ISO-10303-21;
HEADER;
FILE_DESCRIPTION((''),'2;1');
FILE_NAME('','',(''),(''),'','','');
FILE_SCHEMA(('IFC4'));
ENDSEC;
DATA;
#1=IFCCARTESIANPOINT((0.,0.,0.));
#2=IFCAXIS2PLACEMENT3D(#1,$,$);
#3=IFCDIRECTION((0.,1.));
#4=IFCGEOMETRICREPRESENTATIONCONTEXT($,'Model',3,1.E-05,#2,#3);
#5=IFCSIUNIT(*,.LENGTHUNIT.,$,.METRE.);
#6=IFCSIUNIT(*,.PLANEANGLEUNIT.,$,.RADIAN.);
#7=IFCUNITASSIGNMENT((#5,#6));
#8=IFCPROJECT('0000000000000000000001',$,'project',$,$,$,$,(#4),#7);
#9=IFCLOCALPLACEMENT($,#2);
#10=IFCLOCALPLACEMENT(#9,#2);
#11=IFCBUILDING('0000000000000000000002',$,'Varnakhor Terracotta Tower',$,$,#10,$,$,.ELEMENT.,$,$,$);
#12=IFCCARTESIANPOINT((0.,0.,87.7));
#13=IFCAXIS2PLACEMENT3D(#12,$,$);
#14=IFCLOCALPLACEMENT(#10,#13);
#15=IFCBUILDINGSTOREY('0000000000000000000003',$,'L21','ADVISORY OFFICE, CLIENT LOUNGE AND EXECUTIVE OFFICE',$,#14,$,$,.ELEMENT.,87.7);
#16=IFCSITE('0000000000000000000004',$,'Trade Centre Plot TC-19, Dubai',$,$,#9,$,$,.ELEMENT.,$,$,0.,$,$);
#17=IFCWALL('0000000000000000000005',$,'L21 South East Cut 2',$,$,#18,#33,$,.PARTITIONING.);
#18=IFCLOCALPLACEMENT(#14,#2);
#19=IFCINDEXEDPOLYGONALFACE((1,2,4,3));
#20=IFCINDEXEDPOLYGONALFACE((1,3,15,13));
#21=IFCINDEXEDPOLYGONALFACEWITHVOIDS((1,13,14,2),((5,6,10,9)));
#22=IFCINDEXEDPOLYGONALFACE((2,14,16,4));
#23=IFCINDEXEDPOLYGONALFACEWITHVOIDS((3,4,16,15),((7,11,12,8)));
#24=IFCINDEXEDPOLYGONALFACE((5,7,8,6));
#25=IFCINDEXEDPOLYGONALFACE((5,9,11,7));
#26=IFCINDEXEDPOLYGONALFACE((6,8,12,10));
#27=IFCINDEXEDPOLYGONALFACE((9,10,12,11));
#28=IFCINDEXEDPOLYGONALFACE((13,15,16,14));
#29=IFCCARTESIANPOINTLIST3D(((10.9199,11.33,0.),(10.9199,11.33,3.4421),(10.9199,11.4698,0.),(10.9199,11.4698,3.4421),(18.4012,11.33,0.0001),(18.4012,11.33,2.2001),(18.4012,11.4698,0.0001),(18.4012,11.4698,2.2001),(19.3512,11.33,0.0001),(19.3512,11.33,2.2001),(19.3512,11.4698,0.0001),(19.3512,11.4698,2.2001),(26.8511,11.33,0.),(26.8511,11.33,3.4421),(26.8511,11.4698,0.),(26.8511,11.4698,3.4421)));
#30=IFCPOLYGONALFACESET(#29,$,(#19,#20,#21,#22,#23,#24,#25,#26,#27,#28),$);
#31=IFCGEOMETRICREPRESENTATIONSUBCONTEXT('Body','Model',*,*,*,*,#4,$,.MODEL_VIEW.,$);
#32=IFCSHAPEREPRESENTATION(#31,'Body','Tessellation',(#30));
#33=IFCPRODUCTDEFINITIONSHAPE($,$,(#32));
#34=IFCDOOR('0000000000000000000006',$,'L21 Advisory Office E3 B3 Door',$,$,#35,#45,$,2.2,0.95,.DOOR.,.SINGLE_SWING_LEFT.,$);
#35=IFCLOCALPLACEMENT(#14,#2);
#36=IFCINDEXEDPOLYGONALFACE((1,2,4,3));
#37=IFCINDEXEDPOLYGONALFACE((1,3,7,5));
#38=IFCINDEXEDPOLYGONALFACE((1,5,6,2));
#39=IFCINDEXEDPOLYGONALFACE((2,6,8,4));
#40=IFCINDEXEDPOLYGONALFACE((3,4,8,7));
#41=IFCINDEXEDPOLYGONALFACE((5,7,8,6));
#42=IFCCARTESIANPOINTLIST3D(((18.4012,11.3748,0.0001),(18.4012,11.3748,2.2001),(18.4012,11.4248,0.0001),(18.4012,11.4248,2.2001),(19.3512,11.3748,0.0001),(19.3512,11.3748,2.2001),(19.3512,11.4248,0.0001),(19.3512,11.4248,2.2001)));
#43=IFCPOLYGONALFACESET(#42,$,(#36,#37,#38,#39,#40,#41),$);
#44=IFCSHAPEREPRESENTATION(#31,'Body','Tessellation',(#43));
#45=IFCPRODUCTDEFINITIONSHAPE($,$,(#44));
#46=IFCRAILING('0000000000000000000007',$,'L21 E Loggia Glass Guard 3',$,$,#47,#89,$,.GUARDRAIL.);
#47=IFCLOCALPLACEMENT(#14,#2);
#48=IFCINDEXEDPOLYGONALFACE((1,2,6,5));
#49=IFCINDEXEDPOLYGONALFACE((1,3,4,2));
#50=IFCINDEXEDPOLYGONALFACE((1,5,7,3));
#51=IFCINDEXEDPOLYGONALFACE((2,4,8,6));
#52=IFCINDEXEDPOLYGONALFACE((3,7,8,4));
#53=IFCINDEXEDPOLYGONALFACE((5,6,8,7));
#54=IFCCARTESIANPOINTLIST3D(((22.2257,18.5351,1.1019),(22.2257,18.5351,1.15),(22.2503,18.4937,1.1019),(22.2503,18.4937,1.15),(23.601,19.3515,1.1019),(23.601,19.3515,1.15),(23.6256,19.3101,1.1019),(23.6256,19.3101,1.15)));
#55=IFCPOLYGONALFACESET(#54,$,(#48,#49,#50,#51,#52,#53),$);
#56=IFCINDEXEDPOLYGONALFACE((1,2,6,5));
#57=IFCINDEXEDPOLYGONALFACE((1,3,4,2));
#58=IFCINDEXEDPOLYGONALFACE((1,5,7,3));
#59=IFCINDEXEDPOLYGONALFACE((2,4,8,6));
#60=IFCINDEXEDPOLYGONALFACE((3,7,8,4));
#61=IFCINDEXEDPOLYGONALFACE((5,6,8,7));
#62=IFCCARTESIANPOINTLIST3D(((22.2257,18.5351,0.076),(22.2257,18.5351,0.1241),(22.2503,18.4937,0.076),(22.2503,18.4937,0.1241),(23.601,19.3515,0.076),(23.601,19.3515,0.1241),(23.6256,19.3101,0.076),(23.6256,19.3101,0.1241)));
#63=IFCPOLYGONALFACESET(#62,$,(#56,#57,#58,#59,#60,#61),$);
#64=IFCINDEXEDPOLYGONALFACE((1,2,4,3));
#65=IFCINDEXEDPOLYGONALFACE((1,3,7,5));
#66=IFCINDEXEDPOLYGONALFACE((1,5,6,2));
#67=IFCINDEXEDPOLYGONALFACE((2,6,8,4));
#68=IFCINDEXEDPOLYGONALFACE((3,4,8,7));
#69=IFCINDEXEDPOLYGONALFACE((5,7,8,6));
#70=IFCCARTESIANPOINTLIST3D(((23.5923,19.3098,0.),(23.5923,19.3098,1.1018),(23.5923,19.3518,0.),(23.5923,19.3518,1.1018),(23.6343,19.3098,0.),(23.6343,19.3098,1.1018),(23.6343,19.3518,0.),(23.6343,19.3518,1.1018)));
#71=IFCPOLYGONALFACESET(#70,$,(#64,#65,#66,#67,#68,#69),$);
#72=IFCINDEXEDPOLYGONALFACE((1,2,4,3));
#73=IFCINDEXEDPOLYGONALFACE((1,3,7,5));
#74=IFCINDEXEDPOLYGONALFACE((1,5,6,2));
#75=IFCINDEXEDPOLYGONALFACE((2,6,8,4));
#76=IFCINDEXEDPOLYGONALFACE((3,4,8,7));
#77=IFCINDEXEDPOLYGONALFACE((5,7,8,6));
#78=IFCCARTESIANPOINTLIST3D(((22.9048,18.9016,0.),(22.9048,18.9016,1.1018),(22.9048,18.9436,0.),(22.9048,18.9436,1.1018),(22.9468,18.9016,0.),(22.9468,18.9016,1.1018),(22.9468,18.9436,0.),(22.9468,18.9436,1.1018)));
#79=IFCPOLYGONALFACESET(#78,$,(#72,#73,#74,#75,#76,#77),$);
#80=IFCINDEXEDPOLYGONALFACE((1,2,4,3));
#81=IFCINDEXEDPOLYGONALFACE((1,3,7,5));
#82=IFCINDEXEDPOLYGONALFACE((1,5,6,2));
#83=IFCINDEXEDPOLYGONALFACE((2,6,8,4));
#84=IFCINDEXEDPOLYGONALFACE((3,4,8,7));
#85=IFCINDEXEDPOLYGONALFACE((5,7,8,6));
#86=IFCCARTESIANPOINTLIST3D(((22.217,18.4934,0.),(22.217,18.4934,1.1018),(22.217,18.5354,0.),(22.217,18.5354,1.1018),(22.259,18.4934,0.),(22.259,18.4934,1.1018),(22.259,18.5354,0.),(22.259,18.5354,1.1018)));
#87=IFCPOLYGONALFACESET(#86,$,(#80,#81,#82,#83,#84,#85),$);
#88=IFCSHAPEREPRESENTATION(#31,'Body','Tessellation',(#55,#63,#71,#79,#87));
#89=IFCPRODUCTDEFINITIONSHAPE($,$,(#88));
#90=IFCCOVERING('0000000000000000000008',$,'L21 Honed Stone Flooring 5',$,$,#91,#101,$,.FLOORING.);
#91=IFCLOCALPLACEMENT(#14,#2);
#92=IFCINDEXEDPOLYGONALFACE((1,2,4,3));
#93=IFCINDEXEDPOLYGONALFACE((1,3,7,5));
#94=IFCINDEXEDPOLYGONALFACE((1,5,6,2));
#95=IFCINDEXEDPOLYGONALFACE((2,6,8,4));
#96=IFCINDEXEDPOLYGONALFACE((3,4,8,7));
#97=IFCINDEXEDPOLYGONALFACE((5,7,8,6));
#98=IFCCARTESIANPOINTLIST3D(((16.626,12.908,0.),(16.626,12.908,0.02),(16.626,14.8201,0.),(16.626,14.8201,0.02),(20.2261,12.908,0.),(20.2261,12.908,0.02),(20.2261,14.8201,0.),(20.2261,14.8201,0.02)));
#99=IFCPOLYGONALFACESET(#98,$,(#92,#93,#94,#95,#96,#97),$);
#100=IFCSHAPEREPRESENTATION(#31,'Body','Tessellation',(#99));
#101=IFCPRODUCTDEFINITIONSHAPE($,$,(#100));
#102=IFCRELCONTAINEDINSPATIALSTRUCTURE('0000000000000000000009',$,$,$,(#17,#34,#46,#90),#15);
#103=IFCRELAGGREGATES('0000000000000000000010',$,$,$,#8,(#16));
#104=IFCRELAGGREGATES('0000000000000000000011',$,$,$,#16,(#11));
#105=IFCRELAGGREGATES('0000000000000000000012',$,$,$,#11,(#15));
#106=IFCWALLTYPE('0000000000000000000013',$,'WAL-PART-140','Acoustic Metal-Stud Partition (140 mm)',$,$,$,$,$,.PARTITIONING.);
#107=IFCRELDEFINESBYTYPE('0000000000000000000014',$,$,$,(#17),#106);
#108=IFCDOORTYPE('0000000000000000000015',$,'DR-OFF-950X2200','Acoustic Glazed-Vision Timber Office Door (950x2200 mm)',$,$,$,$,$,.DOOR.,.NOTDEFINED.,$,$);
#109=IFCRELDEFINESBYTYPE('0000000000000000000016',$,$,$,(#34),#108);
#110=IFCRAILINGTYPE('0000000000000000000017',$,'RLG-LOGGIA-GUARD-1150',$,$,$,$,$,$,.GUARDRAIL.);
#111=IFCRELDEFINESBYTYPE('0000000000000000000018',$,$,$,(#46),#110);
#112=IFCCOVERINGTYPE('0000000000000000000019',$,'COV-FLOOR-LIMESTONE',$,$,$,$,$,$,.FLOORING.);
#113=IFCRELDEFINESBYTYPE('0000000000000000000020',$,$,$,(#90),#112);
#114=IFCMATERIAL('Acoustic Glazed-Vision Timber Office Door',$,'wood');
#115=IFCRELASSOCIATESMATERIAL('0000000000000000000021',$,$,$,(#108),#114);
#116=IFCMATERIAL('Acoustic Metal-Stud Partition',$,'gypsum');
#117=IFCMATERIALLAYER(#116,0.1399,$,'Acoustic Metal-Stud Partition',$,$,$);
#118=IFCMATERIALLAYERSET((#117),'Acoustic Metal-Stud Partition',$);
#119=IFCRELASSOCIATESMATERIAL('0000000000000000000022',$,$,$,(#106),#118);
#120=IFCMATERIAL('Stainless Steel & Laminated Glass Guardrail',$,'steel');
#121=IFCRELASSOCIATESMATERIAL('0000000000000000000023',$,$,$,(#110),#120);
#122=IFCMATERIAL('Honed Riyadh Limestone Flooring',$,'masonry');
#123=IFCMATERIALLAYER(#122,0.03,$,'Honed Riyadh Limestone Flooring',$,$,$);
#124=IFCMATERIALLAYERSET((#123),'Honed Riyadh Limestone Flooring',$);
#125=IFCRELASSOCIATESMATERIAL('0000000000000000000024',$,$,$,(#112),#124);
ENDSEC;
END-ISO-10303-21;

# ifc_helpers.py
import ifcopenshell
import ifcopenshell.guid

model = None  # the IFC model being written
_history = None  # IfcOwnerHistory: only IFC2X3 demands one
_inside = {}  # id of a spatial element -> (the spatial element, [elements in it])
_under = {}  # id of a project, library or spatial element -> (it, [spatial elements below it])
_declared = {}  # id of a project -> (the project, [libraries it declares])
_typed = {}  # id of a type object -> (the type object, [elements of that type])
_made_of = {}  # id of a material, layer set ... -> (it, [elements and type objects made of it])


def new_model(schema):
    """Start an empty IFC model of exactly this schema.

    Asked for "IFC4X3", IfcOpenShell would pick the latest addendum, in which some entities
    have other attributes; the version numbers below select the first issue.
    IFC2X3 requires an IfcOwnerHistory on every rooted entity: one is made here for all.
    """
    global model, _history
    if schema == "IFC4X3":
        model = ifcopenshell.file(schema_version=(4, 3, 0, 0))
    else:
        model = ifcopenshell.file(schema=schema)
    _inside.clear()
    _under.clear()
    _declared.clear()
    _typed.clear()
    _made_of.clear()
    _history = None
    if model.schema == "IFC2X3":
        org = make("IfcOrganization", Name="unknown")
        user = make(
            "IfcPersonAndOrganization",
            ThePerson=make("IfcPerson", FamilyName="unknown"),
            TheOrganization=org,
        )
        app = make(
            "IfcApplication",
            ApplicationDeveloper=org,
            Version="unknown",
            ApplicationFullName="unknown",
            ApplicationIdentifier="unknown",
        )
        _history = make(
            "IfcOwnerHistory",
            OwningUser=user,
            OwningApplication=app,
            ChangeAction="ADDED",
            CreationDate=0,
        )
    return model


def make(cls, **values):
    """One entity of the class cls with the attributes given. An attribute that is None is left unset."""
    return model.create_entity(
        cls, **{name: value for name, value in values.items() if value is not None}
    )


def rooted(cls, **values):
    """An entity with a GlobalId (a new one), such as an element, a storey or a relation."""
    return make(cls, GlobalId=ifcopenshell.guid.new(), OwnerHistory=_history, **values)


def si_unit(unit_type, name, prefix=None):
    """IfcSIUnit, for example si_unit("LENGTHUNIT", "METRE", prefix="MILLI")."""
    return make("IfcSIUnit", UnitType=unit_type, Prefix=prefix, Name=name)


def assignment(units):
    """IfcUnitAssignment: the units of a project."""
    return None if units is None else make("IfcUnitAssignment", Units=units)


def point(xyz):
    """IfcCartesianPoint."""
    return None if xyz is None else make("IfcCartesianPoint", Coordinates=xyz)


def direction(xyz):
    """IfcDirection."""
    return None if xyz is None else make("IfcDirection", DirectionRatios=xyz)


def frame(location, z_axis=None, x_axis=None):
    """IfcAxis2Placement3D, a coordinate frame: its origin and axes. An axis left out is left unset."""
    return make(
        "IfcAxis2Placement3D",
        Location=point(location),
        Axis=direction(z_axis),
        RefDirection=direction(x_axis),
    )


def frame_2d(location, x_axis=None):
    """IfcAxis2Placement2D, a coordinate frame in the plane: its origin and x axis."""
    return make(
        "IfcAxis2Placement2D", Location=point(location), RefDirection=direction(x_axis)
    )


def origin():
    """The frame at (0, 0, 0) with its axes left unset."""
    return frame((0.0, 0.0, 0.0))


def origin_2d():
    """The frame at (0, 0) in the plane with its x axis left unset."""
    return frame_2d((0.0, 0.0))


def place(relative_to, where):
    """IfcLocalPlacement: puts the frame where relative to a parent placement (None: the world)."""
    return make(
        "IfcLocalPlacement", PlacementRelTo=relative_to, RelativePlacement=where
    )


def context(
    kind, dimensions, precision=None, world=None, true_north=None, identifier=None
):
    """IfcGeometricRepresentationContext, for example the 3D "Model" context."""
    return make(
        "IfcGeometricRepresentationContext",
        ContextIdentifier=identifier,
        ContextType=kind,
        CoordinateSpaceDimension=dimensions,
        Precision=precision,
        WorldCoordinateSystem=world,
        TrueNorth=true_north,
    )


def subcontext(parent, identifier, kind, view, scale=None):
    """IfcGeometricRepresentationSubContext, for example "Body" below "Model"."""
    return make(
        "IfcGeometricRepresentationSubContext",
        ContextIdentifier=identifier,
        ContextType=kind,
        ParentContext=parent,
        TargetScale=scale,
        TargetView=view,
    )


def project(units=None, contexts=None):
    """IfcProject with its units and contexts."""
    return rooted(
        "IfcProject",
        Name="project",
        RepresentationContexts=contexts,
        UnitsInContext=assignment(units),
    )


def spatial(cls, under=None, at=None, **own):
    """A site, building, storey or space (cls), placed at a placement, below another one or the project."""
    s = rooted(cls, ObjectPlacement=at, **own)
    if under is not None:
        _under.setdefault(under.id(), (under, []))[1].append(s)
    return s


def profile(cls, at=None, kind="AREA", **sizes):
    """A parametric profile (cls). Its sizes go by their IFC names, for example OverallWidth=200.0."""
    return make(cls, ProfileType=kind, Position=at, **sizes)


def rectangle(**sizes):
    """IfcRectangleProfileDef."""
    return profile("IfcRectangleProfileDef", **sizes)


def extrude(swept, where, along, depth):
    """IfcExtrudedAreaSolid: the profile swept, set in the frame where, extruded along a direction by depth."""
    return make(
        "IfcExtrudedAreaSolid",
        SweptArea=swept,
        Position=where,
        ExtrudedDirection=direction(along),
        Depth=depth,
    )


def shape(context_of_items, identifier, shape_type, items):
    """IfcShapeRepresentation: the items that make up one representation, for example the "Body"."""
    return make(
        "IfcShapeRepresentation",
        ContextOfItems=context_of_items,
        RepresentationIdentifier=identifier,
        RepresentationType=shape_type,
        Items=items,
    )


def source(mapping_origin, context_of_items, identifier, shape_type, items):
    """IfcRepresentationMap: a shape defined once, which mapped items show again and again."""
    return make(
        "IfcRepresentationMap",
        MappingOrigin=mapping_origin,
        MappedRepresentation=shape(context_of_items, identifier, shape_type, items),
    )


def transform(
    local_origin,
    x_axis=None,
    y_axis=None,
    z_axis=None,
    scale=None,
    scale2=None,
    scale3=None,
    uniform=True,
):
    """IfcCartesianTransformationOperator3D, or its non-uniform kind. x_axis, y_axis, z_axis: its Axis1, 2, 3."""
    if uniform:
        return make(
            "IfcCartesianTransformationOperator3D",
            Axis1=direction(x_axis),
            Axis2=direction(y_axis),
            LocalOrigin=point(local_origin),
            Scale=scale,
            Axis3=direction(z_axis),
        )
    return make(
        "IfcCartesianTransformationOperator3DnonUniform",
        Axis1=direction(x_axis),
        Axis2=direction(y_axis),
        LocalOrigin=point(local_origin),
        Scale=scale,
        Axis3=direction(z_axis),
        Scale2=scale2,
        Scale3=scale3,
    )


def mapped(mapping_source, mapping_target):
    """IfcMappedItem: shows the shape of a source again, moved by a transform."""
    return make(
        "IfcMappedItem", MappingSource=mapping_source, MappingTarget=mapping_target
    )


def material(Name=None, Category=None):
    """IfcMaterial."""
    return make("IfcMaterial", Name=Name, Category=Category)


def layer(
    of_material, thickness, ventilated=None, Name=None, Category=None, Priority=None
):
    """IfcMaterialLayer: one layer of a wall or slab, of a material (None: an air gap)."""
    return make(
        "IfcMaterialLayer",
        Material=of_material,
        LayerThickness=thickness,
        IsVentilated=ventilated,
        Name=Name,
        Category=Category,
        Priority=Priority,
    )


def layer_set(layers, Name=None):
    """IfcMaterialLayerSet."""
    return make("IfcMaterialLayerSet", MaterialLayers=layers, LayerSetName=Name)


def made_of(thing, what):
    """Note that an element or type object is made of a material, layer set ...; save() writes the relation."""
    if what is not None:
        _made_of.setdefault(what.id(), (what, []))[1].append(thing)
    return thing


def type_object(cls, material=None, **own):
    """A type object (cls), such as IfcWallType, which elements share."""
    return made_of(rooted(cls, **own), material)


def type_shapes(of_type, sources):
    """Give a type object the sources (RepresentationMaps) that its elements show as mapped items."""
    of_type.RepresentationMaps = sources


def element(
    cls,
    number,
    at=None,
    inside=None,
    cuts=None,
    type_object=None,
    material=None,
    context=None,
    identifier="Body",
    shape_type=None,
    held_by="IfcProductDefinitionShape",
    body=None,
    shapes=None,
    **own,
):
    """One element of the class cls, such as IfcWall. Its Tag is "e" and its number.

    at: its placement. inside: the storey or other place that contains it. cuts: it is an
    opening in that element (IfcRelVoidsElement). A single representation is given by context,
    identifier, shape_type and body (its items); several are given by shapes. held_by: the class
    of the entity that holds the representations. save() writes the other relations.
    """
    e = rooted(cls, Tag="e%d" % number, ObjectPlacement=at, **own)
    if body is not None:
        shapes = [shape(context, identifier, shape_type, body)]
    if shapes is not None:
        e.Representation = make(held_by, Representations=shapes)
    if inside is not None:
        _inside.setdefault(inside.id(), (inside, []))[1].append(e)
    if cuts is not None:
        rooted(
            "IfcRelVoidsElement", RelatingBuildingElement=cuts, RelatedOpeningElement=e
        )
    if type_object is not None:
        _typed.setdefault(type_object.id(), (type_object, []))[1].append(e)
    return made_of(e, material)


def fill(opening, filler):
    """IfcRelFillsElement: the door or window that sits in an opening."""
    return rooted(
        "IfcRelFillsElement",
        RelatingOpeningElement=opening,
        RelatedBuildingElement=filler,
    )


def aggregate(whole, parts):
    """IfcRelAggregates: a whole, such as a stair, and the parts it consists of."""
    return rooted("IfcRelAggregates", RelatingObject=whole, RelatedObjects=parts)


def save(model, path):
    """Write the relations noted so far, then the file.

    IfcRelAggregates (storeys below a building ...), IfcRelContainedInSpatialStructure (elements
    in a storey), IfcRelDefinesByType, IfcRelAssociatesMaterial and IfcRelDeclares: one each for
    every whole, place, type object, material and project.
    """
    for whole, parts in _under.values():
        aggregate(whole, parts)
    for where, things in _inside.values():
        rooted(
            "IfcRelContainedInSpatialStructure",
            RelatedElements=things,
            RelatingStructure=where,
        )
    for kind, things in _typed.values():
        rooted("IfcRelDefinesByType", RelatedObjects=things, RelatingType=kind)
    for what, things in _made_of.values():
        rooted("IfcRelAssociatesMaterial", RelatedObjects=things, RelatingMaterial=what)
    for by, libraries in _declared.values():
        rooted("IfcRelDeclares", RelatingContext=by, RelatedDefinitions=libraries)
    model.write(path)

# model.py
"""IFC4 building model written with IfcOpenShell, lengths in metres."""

from ifc_helpers import new_model, si_unit, direction, frame, frame_2d, origin, origin_2d, place, context, subcontext, project, spatial, rectangle, extrude, source, transform, mapped, material, layer, layer_set, type_object, type_shapes, element, fill, save


model = new_model("IFC4")

# Units and contexts
model_context = context("Model", 3, precision=1e-05, world=origin(), true_north=direction((0.0, 1.0)))
body_context = subcontext(model_context, "Body", "Model", "MODEL_VIEW")
ifc_project = project(units=[si_unit("LENGTHUNIT", "METRE"), si_unit("PLANEANGLEUNIT", "RADIAN")], contexts=[model_context])

# Site, building, storey
site_placement = place(None, origin())
site = spatial("IfcSite", under=ifc_project, at=site_placement, Name="Trade Centre Plot TC-19, Dubai", CompositionType="ELEMENT", RefElevation=0.0)
building_placement = place(site_placement, origin())
building = spatial("IfcBuilding", under=site, at=building_placement, Name="Varnakhor Terracotta Tower", CompositionType="ELEMENT")
storey_placement = place(building_placement, frame((0.0, 0.0, 87.7)))
storey = spatial("IfcBuildingStorey", under=building, at=storey_placement, Name="L21", Description="ADVISORY OFFICE, CLIENT LOUNGE AND EXECUTIVE OFFICE", CompositionType="ELEMENT", Elevation=87.7)

# Wall, opening, door
ifc_material_1 = material(Name="Acoustic Glazed-Vision Timber Office Door", Category="wood")
door_type = type_object("IfcDoorType", Name="DR-OFF-950X2200", Description="Acoustic Glazed-Vision Timber Office Door (950x2200 mm)", OperationType="NOTDEFINED", PredefinedType="DOOR", material=ifc_material_1)
shared_shape_1 = source(origin(), body_context, "Body", "SweptSolid", [
    extrude(rectangle(XDim=0.95, YDim=2.2, at=frame_2d((0.4751, 1.1001))), frame((0.0, 0.0249, 0.0), z_axis=(0.0, -1.0, 0.0), x_axis=(1.0, 0.0, 0.0)), (0.0, 0.0, 1.0), 0.05),
])
type_shapes(door_type, [shared_shape_1])
ifc_material_2 = material(Name="Acoustic Metal-Stud Partition", Category="gypsum")
ifc_layer_1 = layer(ifc_material_2, 0.1399, Name="Acoustic Metal-Stud Partition")
ifc_layer_set_1 = layer_set([ifc_layer_1], Name="Acoustic Metal-Stud Partition")
wall_type_1 = type_object("IfcWallType", Name="WAL-PART-140", Description="Acoustic Metal-Stud Partition (140 mm)", PredefinedType="PARTITIONING", material=ifc_layer_set_1)
wall_1_placement = place(storey_placement, frame((10.9199, 11.3999, 0.0), z_axis=(0.0, 0.0, 1.0), x_axis=(1.0, 0.0, 0.0)))
wall_1 = element("IfcWall", 1, at=wall_1_placement, inside=storey, type_object=wall_type_1, Name="L21 South East Cut 2", PredefinedType="PARTITIONING", context=body_context, shape_type="SweptSolid", body=[
    extrude(rectangle(XDim=15.9312, YDim=0.1399, at=frame_2d((7.9656, 0.0))), origin(), (0.0, 0.0, 1.0), 3.4421),
])
opening_1_placement = place(wall_1_placement, frame((7.4812, 0.0, 0.0)))
opening_1 = element("IfcOpeningElement", 2, at=opening_1_placement, cuts=wall_1, PredefinedType="OPENING", context=body_context, shape_type="SweptSolid", body=[
    extrude(rectangle(XDim=0.95, YDim=2.2, at=frame_2d((0.4751, 1.1001))), frame((0.0, 0.0801, 0.0), z_axis=(0.0, -1.0, 0.0), x_axis=(1.0, 0.0, 0.0)), (0.0, 0.0, 1.0), 0.1599),
])
door_1_placement = place(opening_1_placement, origin())
door_1 = element("IfcDoor", 3, at=door_1_placement, inside=storey, type_object=door_type, Name="L21 Advisory Office E3 B3 Door", OperationType="SINGLE_SWING_LEFT", OverallHeight=2.2, OverallWidth=0.95, PredefinedType="DOOR", context=body_context, shape_type="MappedRepresentation", body=[
    mapped(shared_shape_1, transform((0.0, 0.0, 0.0), scale=1.0)),
])
fill(opening_1, door_1)

# Railing
ifc_material_3 = material(Name="Stainless Steel & Laminated Glass Guardrail", Category="steel")
railing_type = type_object("IfcRailingType", Name="RLG-LOGGIA-GUARD-1150", PredefinedType="GUARDRAIL", material=ifc_material_3)
railing_placement = place(storey_placement, frame((23.6133, 19.3308, 0.0)))
element("IfcRailing", 4, at=railing_placement, inside=storey, type_object=railing_type, Name="L21 E Loggia Glass Guard 3", PredefinedType="GUARDRAIL", context=body_context, shape_type="SweptSolid", body=[
    extrude(rectangle(XDim=0.0481, YDim=0.0481, at=origin_2d()), frame((0.0, 0.0, 1.126), z_axis=(-0.859895, -0.510472, 0.0), x_axis=(0.510472, -0.859895, 0.0)), (0.0, 0.0, 1.0), 1.5994),
    extrude(rectangle(XDim=0.0481, YDim=0.0481, at=origin_2d()), frame((0.0, 0.0, 0.1001), z_axis=(-0.859895, -0.510472, 0.0), x_axis=(0.510472, -0.859895, 0.0)), (0.0, 0.0, 1.0), 1.5994),
    extrude(rectangle(XDim=0.042, YDim=0.042, at=origin_2d()), origin(), (0.0, 0.0, 1.0), 1.1018),
    extrude(rectangle(XDim=0.042, YDim=0.042, at=origin_2d()), frame((-0.6875, -0.4082, 0.0)), (0.0, 0.0, 1.0), 1.1018),
    extrude(rectangle(XDim=0.042, YDim=0.042, at=origin_2d()), frame((-1.3752, -0.8164, 0.0)), (0.0, 0.0, 1.0), 1.1018),
])

# Covering
ifc_material_4 = material(Name="Honed Riyadh Limestone Flooring", Category="masonry")
ifc_layer_2 = layer(ifc_material_4, 0.03, Name="Honed Riyadh Limestone Flooring")
ifc_layer_set_2 = layer_set([ifc_layer_2], Name="Honed Riyadh Limestone Flooring")
covering_type = type_object("IfcCoveringType", Name="COV-FLOOR-LIMESTONE", PredefinedType="FLOORING", material=ifc_layer_set_2)
shared_shape_2 = source(origin(), body_context, "Body", "SweptSolid", [
    extrude(rectangle(XDim=3.6001, YDim=1.9121, at=origin_2d()), origin(), (0.0, 0.0, 1.0), 0.02),
])
covering_placement = place(storey_placement, frame((18.426, 13.864, 0.0), z_axis=(0.0, 0.0, 1.0), x_axis=(1.0, 0.0, 0.0)))
element("IfcCovering", 5, at=covering_placement, inside=storey, type_object=covering_type, Name="L21 Honed Stone Flooring 5", PredefinedType="FLOORING", context=body_context, shape_type="MappedRepresentation", body=[
    mapped(shared_shape_2, transform((0.0, 0.0, 0.0), scale=1.0)),
])

save(model, "model.ifc")
